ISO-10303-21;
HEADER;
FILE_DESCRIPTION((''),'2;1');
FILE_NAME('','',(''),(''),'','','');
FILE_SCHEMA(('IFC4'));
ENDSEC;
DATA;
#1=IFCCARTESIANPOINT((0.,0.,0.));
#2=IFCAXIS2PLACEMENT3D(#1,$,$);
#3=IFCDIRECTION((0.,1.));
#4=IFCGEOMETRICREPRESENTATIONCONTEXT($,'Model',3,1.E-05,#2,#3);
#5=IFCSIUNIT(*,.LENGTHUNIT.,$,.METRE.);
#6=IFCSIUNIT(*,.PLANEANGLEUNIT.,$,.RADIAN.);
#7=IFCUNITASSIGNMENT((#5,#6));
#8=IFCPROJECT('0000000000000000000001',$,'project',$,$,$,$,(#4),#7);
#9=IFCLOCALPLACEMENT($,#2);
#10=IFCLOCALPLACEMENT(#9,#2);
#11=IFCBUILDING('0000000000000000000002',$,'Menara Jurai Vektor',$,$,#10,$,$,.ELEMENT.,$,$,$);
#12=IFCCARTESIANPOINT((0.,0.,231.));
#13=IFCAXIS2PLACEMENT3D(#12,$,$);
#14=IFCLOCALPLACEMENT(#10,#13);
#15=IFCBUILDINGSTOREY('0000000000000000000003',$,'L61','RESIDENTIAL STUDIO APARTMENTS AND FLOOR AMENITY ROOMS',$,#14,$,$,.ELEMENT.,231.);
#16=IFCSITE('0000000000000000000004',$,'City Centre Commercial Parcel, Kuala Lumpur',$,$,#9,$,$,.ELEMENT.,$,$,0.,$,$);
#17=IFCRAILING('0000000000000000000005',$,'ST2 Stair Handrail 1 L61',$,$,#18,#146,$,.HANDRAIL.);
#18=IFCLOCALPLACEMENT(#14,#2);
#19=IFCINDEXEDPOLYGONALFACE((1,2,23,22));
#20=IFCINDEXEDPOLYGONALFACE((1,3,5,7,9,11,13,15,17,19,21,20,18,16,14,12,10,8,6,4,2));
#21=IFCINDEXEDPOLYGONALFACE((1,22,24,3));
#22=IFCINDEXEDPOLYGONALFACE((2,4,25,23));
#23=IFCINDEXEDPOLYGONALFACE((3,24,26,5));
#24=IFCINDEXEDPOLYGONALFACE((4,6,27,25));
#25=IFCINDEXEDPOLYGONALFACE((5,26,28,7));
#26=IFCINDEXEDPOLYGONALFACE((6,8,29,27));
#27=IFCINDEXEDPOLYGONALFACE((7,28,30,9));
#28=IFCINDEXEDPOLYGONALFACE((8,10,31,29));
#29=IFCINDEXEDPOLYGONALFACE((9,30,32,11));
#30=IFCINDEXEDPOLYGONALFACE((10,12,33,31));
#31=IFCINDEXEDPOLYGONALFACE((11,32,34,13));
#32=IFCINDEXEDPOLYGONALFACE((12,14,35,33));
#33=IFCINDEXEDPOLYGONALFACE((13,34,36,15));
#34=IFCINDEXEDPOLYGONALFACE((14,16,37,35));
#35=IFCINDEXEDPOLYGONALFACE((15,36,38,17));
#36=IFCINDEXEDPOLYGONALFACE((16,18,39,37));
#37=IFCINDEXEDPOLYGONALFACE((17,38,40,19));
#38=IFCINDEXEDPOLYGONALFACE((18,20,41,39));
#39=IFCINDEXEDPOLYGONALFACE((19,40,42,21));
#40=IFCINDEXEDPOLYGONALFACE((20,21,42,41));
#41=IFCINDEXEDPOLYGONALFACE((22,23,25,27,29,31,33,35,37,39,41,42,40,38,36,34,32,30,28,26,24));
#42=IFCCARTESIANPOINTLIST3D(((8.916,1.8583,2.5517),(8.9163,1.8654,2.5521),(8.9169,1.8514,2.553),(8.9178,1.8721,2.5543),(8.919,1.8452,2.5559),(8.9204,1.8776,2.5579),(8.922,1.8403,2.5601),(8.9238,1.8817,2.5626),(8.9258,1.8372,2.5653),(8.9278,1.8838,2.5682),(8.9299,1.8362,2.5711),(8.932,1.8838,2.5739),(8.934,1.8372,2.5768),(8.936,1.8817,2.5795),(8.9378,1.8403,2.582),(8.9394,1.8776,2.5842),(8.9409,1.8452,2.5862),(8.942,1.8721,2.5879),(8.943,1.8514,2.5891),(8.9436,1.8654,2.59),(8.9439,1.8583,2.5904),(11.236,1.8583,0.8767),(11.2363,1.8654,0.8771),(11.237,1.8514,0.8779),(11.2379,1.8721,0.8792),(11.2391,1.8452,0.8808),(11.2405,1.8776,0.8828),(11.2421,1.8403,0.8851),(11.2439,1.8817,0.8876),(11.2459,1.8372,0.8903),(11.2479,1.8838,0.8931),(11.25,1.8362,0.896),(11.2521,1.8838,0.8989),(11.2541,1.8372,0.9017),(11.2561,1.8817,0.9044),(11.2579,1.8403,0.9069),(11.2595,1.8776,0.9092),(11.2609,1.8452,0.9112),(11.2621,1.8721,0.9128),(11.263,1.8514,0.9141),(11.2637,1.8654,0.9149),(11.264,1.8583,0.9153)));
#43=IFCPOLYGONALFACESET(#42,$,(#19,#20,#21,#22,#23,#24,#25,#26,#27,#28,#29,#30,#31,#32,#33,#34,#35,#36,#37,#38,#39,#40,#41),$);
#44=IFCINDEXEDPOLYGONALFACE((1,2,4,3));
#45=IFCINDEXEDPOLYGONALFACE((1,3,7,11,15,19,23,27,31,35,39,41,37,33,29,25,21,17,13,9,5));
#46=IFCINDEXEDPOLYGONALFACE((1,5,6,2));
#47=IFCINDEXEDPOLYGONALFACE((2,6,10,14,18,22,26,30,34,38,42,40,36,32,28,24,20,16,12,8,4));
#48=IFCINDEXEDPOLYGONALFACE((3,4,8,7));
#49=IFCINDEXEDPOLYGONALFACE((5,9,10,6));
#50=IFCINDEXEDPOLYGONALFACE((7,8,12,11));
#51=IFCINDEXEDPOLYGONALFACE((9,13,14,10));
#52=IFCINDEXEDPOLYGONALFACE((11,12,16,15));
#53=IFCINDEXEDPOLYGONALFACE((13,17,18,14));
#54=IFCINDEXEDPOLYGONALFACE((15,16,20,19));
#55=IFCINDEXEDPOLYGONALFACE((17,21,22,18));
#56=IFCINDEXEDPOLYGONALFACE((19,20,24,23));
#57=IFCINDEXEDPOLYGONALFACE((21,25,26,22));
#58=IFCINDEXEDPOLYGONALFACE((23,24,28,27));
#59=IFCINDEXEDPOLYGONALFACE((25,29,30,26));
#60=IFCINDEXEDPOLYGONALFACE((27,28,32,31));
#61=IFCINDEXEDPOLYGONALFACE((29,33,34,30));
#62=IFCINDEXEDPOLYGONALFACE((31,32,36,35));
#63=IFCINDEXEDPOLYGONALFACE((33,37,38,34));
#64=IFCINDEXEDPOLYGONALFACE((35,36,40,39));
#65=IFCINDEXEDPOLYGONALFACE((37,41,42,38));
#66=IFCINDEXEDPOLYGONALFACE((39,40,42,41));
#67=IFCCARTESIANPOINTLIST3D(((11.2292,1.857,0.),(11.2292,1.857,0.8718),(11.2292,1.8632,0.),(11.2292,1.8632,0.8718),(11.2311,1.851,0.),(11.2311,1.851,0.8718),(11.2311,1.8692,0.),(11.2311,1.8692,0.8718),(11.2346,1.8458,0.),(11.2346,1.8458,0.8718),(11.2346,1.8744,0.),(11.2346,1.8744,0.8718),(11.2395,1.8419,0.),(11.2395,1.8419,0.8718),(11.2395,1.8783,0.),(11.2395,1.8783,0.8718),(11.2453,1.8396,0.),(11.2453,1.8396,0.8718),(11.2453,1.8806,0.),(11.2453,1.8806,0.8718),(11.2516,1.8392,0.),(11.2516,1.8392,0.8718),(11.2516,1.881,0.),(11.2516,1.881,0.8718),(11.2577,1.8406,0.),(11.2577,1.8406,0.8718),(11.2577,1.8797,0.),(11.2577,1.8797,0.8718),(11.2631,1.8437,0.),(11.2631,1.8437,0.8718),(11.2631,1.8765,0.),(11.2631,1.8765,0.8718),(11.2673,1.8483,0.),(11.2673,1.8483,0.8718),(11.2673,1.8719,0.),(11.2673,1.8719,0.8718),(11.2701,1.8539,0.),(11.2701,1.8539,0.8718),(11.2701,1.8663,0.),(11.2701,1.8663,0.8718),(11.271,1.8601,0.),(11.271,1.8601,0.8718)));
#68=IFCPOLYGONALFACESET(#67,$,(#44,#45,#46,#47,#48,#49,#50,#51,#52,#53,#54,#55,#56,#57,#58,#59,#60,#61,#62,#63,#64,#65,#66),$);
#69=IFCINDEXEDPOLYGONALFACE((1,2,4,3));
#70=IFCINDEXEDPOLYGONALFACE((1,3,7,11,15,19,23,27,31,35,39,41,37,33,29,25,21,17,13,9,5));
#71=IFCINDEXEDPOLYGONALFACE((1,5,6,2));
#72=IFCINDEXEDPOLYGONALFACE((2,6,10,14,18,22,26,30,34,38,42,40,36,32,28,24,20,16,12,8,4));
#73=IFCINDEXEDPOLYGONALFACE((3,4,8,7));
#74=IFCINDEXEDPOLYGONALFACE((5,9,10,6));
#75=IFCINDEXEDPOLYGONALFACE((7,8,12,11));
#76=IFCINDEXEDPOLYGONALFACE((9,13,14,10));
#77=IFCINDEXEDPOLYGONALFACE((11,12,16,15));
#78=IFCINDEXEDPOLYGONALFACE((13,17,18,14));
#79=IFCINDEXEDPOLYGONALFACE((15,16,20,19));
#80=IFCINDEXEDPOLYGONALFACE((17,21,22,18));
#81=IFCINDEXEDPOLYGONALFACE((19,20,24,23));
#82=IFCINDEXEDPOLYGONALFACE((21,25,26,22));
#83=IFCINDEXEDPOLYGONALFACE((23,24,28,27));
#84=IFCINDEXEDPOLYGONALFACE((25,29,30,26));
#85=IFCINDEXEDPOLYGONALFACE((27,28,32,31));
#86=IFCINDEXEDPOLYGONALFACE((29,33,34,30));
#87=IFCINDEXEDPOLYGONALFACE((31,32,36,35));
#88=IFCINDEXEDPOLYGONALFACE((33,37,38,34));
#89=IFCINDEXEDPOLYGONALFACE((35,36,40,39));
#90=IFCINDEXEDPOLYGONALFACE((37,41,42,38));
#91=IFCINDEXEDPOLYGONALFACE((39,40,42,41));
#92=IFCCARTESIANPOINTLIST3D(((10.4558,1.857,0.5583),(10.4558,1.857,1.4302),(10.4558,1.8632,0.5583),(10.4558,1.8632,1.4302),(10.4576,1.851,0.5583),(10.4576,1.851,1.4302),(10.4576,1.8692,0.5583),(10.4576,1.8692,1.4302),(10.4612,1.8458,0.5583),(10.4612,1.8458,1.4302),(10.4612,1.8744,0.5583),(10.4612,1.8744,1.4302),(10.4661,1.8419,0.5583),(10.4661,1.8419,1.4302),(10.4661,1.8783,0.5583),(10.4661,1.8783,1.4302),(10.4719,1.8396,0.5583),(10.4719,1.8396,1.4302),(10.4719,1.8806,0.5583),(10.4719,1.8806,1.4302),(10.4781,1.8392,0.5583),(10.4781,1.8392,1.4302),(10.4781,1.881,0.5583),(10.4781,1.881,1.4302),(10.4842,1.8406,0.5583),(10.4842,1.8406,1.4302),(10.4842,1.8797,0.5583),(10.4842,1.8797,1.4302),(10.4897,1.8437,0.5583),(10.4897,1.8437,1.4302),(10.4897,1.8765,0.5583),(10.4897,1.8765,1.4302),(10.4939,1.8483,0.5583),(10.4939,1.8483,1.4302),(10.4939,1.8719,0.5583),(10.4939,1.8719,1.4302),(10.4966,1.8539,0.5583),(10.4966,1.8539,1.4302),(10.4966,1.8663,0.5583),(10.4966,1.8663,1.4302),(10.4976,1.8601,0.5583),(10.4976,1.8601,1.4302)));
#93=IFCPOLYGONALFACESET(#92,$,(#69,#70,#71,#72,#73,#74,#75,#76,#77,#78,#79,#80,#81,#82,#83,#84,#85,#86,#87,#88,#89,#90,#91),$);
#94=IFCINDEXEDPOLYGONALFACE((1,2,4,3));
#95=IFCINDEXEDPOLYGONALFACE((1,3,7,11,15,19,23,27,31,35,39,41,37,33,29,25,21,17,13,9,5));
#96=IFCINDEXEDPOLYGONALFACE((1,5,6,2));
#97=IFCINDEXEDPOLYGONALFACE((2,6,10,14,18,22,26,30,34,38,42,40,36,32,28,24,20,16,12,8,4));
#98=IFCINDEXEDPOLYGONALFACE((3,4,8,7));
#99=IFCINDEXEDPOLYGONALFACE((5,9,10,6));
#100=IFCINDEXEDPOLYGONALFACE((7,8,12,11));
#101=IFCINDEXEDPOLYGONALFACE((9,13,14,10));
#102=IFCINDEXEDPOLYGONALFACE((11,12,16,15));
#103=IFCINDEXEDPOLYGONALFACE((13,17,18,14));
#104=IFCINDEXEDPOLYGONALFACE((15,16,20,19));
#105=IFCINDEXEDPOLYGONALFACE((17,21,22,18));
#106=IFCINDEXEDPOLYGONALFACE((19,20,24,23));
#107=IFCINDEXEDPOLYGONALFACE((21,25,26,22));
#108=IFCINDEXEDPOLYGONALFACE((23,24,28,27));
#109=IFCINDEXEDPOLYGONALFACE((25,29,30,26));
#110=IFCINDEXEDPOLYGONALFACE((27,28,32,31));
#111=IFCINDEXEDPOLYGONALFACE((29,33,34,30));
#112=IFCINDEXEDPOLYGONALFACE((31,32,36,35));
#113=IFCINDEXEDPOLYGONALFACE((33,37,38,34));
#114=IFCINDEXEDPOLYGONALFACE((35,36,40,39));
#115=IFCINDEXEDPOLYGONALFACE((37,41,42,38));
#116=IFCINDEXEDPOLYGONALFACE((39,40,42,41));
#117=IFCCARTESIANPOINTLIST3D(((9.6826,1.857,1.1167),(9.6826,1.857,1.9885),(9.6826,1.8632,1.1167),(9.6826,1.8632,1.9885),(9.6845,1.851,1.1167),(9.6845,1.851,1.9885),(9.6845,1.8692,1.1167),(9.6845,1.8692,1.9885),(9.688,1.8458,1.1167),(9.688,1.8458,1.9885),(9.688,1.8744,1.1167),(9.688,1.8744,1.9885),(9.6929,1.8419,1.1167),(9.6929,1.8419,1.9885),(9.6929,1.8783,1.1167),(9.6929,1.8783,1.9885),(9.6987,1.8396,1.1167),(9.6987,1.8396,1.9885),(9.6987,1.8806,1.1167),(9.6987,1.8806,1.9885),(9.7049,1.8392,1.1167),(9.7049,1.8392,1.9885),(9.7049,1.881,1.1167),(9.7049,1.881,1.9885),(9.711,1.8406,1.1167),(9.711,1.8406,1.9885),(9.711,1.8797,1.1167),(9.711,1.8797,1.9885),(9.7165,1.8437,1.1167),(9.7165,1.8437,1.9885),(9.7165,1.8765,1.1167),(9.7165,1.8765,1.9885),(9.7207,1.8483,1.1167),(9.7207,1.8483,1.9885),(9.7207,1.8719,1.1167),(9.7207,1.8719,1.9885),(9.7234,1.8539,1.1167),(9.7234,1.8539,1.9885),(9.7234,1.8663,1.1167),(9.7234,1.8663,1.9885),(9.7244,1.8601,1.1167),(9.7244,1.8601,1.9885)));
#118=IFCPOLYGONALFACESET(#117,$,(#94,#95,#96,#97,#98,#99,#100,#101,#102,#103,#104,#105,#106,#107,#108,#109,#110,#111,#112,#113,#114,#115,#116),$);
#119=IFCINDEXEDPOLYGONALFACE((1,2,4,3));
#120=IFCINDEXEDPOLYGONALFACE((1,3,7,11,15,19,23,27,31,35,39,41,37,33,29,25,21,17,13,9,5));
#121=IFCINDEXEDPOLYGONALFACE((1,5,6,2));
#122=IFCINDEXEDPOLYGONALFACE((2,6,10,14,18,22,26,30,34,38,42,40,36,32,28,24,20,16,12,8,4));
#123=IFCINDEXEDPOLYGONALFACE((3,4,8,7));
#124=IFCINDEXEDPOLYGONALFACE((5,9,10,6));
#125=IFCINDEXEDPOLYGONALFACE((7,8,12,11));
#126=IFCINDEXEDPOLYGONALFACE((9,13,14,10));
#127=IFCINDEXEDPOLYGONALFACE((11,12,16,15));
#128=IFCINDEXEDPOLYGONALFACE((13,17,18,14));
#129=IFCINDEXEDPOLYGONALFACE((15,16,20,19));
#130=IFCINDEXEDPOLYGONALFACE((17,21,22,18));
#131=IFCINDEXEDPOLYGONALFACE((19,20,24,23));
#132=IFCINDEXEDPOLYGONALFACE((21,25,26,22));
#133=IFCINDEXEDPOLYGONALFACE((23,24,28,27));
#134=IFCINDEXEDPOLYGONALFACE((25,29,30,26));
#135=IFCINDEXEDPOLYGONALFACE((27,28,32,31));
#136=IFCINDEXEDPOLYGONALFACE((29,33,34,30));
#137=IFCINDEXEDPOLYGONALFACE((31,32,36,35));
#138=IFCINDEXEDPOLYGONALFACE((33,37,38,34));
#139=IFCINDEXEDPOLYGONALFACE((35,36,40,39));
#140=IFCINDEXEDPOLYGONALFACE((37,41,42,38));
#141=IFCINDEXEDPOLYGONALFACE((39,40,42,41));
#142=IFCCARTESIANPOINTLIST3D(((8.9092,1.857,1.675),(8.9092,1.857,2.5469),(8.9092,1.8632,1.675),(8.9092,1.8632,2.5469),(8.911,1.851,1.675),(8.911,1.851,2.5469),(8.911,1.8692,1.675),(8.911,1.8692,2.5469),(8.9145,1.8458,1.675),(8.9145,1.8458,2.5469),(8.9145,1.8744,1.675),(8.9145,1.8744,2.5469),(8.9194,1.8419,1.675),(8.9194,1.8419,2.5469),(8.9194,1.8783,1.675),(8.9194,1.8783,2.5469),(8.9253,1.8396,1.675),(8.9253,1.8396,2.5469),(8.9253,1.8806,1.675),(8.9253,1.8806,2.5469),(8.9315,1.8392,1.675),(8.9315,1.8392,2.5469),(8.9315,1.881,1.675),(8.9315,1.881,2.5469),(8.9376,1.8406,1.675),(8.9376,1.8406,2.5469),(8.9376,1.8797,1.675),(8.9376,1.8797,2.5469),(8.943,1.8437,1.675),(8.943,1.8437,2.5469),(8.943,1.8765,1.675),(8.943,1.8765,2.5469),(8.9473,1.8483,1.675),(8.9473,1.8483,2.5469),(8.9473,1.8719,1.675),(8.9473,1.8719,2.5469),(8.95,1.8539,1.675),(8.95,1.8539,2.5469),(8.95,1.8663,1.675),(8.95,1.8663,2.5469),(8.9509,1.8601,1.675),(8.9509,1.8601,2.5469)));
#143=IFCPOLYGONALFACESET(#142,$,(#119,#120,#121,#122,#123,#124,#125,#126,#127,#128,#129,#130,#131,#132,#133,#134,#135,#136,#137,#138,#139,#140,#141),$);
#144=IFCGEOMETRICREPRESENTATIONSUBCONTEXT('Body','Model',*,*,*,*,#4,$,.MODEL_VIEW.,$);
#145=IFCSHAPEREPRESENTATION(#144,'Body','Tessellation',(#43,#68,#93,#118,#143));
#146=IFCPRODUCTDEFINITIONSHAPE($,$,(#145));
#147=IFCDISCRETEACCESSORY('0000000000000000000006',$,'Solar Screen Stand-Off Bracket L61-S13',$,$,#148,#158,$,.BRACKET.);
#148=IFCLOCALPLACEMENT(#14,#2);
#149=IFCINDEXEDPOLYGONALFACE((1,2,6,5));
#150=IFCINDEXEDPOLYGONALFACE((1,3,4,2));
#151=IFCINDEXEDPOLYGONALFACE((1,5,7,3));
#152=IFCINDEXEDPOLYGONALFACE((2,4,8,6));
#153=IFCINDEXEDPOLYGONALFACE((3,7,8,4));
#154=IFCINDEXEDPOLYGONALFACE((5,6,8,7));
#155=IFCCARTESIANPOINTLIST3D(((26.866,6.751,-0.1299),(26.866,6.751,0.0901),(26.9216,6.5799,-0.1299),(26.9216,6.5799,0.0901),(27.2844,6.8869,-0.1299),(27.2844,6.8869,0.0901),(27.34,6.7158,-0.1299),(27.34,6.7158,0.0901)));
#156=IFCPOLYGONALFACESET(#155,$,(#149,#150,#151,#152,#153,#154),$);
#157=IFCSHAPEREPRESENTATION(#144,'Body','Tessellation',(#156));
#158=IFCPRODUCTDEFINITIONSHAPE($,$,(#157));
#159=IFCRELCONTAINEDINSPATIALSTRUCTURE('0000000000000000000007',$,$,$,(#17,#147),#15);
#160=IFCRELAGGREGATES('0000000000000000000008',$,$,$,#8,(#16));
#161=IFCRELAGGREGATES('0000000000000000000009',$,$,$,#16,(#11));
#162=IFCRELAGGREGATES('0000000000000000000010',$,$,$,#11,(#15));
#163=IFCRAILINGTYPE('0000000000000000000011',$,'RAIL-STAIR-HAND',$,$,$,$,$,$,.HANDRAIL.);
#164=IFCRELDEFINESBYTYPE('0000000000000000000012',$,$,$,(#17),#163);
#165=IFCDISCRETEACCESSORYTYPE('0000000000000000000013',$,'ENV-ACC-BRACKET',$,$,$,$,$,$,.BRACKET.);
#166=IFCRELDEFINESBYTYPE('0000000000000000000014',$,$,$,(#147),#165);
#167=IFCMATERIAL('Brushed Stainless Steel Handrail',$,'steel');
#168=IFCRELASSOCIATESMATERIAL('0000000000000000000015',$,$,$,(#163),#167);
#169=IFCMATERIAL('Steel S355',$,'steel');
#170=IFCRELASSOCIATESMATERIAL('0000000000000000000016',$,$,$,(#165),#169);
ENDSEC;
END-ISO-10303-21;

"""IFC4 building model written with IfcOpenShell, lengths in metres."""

from ifc_helpers import new_model, si_unit, direction, frame, origin, origin_2d, place, context, subcontext, project, spatial, rectangle, circle, extrude, material, type_object, element, save


model = new_model("IFC4")

# Units and contexts
model_context = context("Model", 3, precision=1e-05, world=origin(), true_north=direction((0.0, 1.0)))
body_context = subcontext(model_context, "Body", "Model", "MODEL_VIEW")
ifc_project = project(units=[si_unit("LENGTHUNIT", "METRE"), si_unit("PLANEANGLEUNIT", "RADIAN")], contexts=[model_context])

# Site, building, storey
site_placement = place(None, origin())
site = spatial("IfcSite", under=ifc_project, at=site_placement, Name="City Centre Commercial Parcel, Kuala Lumpur", CompositionType="ELEMENT", RefElevation=0.0)
building_placement = place(site_placement, origin())
building = spatial("IfcBuilding", under=site, at=building_placement, Name="Menara Jurai Vektor", CompositionType="ELEMENT")
storey_placement = place(building_placement, frame((0.0, 0.0, 231.0)))
storey = spatial("IfcBuildingStorey", under=building, at=storey_placement, Name="L61", Description="RESIDENTIAL STUDIO APARTMENTS AND FLOOR AMENITY ROOMS", CompositionType="ELEMENT", Elevation=231.0)

# Shared definitions
ifc_material_1 = material(Name="Steel S355", Category="steel")

# Railing
ifc_material_2 = material(Name="Brushed Stainless Steel Handrail", Category="steel")
railing_type_1 = type_object("IfcRailingType", Name="RAIL-STAIR-HAND", PredefinedType="HANDRAIL", material=ifc_material_2)
railing_1_placement = place(storey_placement, frame((11.25, 1.8601, 0.0)))
element("IfcRailing", 1, at=railing_1_placement, inside=storey, type_object=railing_type_1, Name="ST2 Stair Handrail 1 L61", PredefinedType="HANDRAIL", context=body_context, shape_type="SweptSolid", body=[
    extrude(circle(Radius=0.0239, at=origin_2d()), frame((0.0, 0.0, 0.896), z_axis=(-0.810771, 0.0, 0.585363), x_axis=(0.0, -1.0, 0.0)), (0.0, 0.0, 1.0), 2.8616),
    extrude(circle(Radius=0.021, at=origin_2d()), origin(), (0.0, 0.0, 1.0), 0.8718),
    extrude(circle(Radius=0.021, at=origin_2d()), frame((-0.7734, 0.0, 0.5583)), (0.0, 0.0, 1.0), 0.8718),
    extrude(circle(Radius=0.021, at=origin_2d()), frame((-1.5466, 0.0, 1.1167)), (0.0, 0.0, 1.0), 0.8718),
    extrude(circle(Radius=0.021, at=origin_2d()), frame((-2.3201, 0.0, 1.675)), (0.0, 0.0, 1.0), 0.8718),
])

# Discrete accessory
discrete_accessory_type = type_object("IfcDiscreteAccessoryType", Name="ENV-ACC-BRACKET", PredefinedType="BRACKET", material=ifc_material_1)
discrete_accessory_placement = place(storey_placement, frame((27.103, 6.7334, -0.1299), z_axis=(0.0, 0.0, 1.0), x_axis=(-0.309017, 0.951057, 0.0)))
element("IfcDiscreteAccessory", 2, at=discrete_accessory_placement, inside=storey, type_object=discrete_accessory_type, Name="Solar Screen Stand-Off Bracket L61-S13", PredefinedType="BRACKET", context=body_context, shape_type="SweptSolid", body=[
    extrude(rectangle(XDim=0.1799, YDim=0.4399, at=origin_2d()), origin(), (0.0, 0.0, 1.0), 0.22),
])

save(model, "model.ifc")
